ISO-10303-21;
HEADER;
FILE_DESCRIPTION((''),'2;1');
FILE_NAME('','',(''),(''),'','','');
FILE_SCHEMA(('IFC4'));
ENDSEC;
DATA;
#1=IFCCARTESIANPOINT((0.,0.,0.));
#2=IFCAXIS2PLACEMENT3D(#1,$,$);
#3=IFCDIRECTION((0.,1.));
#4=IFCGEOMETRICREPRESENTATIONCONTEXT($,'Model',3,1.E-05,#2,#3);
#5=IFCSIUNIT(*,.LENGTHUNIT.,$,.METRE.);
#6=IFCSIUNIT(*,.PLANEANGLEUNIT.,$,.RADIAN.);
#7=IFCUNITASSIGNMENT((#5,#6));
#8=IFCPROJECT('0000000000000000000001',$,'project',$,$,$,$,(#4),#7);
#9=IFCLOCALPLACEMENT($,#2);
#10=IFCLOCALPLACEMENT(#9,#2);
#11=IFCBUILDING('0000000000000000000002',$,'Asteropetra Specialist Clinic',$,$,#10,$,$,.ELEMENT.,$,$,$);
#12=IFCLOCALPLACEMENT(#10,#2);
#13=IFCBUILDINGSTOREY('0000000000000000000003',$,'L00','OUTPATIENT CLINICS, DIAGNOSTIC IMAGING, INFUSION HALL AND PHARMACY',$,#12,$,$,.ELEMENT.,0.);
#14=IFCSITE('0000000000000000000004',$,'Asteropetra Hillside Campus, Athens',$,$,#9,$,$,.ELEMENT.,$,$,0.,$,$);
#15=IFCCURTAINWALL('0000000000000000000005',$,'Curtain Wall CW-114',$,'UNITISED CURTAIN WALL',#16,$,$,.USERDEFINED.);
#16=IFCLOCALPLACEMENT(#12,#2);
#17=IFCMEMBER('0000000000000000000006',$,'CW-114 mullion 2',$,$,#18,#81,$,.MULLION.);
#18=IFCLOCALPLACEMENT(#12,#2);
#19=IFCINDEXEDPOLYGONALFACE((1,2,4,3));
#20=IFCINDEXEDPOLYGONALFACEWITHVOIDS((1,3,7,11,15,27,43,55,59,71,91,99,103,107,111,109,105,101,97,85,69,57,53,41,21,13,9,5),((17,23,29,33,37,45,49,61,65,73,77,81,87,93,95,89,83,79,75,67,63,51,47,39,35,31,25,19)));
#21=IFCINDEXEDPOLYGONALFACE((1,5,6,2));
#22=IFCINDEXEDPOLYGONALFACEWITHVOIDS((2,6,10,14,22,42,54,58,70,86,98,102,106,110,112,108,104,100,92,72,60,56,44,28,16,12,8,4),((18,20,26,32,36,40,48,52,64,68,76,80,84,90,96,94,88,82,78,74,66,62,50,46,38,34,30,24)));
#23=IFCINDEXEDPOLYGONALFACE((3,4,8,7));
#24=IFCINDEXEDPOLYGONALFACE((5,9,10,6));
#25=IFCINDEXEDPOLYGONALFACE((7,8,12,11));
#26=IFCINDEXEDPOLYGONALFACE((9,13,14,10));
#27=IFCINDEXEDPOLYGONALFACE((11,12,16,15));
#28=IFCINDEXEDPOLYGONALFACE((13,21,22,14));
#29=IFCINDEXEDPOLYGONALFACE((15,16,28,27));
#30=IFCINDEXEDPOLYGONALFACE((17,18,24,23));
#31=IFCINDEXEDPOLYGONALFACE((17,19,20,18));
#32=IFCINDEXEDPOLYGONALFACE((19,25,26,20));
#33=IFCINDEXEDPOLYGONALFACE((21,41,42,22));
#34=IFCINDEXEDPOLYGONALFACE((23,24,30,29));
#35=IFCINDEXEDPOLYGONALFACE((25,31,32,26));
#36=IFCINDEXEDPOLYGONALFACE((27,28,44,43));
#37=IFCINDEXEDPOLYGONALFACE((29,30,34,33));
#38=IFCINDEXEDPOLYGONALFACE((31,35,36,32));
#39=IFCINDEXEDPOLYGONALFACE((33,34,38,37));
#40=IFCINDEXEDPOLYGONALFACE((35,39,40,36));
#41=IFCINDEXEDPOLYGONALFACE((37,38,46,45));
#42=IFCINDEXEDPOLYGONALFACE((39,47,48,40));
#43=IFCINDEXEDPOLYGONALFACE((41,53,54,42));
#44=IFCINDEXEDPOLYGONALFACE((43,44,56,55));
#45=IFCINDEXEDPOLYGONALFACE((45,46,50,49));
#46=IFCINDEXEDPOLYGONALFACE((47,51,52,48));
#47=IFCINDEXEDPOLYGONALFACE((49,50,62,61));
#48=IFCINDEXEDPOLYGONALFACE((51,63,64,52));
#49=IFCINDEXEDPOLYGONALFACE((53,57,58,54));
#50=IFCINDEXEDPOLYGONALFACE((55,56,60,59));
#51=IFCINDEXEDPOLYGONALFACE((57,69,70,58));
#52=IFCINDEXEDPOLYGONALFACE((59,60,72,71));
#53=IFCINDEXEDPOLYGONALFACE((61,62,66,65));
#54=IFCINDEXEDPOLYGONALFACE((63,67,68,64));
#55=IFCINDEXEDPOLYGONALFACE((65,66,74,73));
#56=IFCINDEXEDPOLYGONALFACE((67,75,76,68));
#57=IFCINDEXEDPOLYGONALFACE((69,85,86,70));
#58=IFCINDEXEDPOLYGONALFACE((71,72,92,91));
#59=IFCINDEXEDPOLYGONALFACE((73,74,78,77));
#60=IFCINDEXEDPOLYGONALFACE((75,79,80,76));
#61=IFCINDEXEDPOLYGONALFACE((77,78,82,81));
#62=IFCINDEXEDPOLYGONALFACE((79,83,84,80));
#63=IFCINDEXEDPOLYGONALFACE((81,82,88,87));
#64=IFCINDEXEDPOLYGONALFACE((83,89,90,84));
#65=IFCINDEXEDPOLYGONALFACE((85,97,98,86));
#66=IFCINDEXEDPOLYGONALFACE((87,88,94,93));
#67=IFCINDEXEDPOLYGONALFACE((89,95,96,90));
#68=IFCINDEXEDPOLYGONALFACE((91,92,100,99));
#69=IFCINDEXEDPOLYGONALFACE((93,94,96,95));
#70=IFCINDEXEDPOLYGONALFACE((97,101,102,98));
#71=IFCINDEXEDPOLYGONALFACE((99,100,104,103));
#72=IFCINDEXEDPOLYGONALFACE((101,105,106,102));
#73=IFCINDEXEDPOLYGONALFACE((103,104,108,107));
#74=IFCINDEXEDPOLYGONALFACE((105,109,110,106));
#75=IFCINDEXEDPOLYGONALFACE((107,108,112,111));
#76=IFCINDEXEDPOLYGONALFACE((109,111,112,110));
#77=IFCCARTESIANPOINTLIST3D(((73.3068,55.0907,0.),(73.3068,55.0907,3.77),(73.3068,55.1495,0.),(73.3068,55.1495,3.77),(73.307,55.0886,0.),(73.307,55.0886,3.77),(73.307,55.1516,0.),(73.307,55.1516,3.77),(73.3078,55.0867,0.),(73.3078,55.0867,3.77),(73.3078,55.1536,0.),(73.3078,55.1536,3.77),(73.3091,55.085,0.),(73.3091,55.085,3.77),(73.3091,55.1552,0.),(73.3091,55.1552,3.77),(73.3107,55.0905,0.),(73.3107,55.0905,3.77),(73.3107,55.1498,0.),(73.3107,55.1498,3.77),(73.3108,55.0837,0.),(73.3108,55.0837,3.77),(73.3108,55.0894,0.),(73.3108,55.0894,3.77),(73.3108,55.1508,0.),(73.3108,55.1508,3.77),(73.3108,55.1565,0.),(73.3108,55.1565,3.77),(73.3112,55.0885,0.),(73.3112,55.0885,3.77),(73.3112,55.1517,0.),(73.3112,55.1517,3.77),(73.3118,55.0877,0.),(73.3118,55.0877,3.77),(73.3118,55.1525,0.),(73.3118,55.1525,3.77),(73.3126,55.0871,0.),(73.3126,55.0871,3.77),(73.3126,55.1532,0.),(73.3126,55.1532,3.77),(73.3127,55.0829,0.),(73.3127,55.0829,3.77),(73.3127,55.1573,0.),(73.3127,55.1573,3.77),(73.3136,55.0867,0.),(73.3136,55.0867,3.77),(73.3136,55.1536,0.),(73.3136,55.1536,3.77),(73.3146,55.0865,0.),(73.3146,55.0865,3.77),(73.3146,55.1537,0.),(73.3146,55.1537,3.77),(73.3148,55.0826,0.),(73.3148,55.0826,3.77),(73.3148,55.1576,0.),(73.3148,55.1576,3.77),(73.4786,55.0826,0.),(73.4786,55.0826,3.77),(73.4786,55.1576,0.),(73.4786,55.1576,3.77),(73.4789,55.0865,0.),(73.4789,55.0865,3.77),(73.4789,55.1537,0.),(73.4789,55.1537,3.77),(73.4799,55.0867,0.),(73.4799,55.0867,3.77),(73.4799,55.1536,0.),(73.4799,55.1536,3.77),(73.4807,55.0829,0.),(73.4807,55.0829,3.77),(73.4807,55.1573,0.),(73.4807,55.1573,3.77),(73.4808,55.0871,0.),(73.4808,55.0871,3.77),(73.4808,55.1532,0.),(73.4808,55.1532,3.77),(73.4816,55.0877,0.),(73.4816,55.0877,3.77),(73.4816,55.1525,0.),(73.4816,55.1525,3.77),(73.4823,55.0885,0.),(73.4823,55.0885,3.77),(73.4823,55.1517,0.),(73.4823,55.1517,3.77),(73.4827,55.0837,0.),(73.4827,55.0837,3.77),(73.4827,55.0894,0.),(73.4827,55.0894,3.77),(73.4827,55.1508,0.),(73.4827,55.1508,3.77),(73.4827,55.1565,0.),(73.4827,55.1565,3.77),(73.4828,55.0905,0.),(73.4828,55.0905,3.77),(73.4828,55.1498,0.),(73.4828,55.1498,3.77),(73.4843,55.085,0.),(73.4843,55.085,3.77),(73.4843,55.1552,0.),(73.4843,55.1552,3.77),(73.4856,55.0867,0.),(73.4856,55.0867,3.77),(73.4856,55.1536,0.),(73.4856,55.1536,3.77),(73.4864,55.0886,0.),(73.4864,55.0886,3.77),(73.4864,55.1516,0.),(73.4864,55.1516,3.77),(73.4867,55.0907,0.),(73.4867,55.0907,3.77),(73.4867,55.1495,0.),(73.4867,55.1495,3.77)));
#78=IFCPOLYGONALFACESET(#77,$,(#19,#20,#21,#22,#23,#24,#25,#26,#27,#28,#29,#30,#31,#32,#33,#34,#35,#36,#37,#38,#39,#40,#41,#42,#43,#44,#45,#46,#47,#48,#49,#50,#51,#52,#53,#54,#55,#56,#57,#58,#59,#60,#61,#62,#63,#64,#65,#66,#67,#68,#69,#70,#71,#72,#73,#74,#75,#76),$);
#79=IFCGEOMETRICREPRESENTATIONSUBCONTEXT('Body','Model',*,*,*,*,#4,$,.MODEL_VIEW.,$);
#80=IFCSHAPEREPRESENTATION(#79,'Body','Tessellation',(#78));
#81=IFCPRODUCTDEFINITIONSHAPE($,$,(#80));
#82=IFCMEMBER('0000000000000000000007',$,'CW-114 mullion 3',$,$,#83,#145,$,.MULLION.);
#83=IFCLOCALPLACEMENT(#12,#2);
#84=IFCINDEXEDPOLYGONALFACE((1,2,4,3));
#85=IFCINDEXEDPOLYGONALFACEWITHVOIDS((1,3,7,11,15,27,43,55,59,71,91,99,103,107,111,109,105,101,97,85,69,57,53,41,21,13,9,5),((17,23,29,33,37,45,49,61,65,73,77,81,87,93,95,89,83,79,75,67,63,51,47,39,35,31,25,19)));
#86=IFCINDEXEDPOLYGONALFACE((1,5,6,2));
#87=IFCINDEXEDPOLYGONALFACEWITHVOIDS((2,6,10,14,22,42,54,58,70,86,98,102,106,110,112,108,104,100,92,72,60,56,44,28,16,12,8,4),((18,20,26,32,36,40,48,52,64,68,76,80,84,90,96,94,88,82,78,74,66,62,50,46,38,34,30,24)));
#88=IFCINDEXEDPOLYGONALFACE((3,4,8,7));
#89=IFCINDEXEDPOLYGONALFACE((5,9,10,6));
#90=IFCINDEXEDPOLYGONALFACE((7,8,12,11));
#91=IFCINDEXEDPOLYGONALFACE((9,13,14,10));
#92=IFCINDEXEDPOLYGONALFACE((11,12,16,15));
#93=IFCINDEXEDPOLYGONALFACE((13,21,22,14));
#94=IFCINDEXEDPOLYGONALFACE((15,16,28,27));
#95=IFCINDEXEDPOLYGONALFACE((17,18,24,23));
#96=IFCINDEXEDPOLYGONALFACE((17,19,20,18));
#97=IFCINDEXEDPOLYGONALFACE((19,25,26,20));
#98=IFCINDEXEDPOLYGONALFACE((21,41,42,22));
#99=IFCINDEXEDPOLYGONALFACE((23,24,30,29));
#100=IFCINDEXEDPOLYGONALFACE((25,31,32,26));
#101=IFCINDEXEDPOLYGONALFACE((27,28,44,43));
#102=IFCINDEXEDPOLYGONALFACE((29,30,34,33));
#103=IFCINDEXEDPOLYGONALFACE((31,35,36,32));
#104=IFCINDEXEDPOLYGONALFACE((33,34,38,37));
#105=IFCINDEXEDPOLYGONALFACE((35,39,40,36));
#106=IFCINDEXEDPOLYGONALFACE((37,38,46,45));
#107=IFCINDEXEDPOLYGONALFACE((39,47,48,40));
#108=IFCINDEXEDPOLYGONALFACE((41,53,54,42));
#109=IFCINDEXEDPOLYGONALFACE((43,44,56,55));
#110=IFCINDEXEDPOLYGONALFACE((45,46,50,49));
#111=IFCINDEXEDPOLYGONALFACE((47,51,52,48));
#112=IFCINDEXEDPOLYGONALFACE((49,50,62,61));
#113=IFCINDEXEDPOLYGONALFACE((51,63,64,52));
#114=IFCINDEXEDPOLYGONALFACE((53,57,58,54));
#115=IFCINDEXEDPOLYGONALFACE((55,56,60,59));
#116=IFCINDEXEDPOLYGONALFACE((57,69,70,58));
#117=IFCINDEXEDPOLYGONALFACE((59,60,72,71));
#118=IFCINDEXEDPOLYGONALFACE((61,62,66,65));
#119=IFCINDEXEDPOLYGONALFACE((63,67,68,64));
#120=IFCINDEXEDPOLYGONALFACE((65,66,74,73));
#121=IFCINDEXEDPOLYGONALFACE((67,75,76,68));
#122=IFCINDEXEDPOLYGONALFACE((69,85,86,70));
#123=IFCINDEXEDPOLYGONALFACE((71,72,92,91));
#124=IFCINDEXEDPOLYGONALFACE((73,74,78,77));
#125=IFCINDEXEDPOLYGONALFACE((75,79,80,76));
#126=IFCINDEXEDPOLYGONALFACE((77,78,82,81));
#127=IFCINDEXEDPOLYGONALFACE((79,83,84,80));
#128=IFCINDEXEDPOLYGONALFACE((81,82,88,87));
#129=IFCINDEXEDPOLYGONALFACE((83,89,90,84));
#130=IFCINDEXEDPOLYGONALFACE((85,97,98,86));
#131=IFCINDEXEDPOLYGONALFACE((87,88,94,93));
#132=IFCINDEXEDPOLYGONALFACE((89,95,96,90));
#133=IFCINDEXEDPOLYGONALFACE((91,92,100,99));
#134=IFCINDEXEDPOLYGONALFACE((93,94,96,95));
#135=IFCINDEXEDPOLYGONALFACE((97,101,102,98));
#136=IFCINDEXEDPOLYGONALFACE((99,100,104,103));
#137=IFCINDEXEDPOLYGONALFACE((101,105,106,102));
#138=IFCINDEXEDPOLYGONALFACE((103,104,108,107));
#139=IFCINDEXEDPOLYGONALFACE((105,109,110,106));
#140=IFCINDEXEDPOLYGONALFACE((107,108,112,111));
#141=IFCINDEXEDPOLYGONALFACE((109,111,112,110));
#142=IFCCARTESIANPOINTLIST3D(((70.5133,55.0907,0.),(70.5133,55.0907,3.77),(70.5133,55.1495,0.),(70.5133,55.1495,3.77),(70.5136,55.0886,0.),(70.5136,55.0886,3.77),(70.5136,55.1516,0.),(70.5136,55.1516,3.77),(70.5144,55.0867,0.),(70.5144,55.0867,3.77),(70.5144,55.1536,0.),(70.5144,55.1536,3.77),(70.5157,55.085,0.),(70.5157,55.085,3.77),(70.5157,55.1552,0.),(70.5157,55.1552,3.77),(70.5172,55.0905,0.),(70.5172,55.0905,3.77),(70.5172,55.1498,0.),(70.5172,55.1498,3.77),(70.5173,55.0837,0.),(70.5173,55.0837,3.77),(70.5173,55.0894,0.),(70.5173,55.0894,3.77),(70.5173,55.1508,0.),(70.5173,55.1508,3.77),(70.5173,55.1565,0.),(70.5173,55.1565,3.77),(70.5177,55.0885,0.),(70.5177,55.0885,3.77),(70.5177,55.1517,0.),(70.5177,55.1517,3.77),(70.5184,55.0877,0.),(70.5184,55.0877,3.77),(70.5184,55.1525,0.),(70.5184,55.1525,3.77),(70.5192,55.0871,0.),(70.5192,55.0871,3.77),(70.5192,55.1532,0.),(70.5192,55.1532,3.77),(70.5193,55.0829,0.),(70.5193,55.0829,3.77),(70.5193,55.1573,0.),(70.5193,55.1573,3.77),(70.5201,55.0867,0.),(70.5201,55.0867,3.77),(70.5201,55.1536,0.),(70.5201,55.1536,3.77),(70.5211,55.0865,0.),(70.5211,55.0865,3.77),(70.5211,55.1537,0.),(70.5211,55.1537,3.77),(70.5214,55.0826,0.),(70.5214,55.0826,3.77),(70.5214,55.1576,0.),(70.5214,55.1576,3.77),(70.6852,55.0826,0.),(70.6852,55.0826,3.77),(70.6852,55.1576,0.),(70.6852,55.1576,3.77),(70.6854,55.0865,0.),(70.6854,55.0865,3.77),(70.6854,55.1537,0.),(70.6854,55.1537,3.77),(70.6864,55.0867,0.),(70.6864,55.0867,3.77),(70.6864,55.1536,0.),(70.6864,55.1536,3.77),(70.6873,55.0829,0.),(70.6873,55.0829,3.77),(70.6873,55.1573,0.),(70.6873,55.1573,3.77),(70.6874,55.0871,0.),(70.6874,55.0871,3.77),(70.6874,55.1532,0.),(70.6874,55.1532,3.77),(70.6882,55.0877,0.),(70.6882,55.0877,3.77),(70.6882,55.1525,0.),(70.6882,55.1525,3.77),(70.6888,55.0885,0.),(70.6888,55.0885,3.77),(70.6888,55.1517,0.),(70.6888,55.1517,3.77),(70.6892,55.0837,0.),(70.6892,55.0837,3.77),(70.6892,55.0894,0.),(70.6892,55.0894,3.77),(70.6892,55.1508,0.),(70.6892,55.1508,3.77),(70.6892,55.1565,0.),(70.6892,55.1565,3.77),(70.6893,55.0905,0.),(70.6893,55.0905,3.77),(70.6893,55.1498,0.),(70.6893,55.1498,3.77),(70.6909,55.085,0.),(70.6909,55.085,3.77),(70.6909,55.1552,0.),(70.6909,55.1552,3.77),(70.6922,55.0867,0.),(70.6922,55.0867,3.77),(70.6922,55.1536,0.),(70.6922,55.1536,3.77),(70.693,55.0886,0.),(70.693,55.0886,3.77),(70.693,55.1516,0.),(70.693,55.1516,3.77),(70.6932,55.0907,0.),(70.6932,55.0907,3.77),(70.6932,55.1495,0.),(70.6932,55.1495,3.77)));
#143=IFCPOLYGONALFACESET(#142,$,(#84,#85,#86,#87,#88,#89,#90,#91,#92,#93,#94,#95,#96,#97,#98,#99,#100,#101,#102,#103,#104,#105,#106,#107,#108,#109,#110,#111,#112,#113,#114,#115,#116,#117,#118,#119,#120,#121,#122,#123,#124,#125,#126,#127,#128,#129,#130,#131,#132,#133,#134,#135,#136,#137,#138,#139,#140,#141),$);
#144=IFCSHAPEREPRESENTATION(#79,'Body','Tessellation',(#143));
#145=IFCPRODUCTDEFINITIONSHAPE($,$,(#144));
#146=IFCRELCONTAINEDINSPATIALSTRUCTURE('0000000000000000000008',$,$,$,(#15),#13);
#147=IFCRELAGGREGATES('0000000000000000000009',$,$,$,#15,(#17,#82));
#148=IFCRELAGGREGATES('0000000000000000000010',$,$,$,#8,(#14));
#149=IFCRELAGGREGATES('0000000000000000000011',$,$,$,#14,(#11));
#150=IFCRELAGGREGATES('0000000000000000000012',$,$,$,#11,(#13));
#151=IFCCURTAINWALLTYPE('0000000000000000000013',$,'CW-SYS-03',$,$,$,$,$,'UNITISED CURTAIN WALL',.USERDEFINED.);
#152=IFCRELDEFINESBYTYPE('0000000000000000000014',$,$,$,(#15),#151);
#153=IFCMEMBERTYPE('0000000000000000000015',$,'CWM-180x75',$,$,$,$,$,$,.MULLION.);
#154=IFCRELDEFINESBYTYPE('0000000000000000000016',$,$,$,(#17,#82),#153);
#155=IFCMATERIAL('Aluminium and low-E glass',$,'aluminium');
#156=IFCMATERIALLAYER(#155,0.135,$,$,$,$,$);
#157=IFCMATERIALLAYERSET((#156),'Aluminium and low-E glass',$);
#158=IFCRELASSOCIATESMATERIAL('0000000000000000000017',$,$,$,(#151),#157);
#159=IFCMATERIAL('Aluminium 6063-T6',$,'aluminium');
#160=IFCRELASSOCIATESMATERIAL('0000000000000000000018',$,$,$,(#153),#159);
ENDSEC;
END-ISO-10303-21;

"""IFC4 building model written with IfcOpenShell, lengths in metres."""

from ifc_helpers import new_model, si_unit, direction, frame, origin, origin_2d, place, context, subcontext, project, spatial, hollow_rectangle, extrude, material, layer, layer_set, material_profile, profile_set, type_object, element, aggregate, save


model = new_model("IFC4")

# Units and contexts
model_context = context("Model", 3, precision=1e-05, world=origin(), true_north=direction((0.0, 1.0)))
body_context = subcontext(model_context, "Body", "Model", "MODEL_VIEW")
ifc_project = project(units=[si_unit("LENGTHUNIT", "METRE"), si_unit("PLANEANGLEUNIT", "RADIAN")], contexts=[model_context])

# Site, building, storey
site_placement = place(None, origin())
site = spatial("IfcSite", under=ifc_project, at=site_placement, Name="Asteropetra Hillside Campus, Athens", CompositionType="ELEMENT", RefElevation=0.0)
building_placement = place(site_placement, origin())
building = spatial("IfcBuilding", under=site, at=building_placement, Name="Asteropetra Specialist Clinic", CompositionType="ELEMENT")
storey_placement = place(building_placement, origin())
storey = spatial("IfcBuildingStorey", under=building, at=storey_placement, Name="L00", Description="OUTPATIENT CLINICS, DIAGNOSTIC IMAGING, INFUSION HALL AND PHARMACY", CompositionType="ELEMENT", Elevation=0.0)

# Curtain wall, members
ifc_material_1 = material(Name="Aluminium and low-E glass", Category="aluminium")
ifc_layer_1 = layer(ifc_material_1, 0.135)
ifc_layer_set_1 = layer_set([ifc_layer_1], Name="Aluminium and low-E glass")
curtain_wall_type = type_object("IfcCurtainWallType", Name="CW-SYS-03", ElementType="UNITISED CURTAIN WALL", PredefinedType="USERDEFINED", material=ifc_layer_set_1)
curtain_wall_placement = place(storey_placement, origin())
curtain_wall = element("IfcCurtainWall", 1, at=curtain_wall_placement, inside=storey, type_object=curtain_wall_type, Name="Curtain Wall CW-114", ObjectType="UNITISED CURTAIN WALL", PredefinedType="USERDEFINED")
ifc_material_2 = material(Name="Aluminium 6063-T6", Category="aluminium")
ifc_material_profile_1 = material_profile(ifc_material_2, hollow_rectangle(XDim=0.075, YDim=0.1799, WallThickness=0.0039, InnerFilletRadius=0.0039, OuterFilletRadius=0.0081, at=origin_2d()), Name="MUL 180x75x4.0")
ifc_profile_set_1 = profile_set([ifc_material_profile_1], Name="Aluminium 6063-T6")
member_type_1 = type_object("IfcMemberType", Name="CWM-180x75", PredefinedType="MULLION", material=ifc_profile_set_1)
member_1_placement = place(storey_placement, frame((73.3967, 55.1201, 0.0), z_axis=(0.0, 0.0, 1.0), x_axis=(0.0, -1.0, 0.0)))
member_1 = element("IfcMember", 2, at=member_1_placement, type_object=member_type_1, Name="CW-114 mullion 2", PredefinedType="MULLION", context=body_context, shape_type="SweptSolid", body=[
    extrude(hollow_rectangle(XDim=0.075, YDim=0.1799, WallThickness=0.0039, InnerFilletRadius=0.0039, OuterFilletRadius=0.0081, at=origin_2d()), origin(), (0.0, 0.0, 1.0), 3.77),
])
member_2_placement = place(storey_placement, frame((70.6033, 55.1201, 0.0), z_axis=(0.0, 0.0, 1.0), x_axis=(0.0, -1.0, 0.0)))
member_2 = element("IfcMember", 3, at=member_2_placement, type_object=member_type_1, Name="CW-114 mullion 3", PredefinedType="MULLION", context=body_context, shape_type="SweptSolid", body=[
    extrude(hollow_rectangle(XDim=0.075, YDim=0.1799, WallThickness=0.0039, InnerFilletRadius=0.0039, OuterFilletRadius=0.0081, at=origin_2d()), origin(), (0.0, 0.0, 1.0), 3.77),
])
aggregate(curtain_wall, [member_1, member_2])

save(model, "model.ifc")
